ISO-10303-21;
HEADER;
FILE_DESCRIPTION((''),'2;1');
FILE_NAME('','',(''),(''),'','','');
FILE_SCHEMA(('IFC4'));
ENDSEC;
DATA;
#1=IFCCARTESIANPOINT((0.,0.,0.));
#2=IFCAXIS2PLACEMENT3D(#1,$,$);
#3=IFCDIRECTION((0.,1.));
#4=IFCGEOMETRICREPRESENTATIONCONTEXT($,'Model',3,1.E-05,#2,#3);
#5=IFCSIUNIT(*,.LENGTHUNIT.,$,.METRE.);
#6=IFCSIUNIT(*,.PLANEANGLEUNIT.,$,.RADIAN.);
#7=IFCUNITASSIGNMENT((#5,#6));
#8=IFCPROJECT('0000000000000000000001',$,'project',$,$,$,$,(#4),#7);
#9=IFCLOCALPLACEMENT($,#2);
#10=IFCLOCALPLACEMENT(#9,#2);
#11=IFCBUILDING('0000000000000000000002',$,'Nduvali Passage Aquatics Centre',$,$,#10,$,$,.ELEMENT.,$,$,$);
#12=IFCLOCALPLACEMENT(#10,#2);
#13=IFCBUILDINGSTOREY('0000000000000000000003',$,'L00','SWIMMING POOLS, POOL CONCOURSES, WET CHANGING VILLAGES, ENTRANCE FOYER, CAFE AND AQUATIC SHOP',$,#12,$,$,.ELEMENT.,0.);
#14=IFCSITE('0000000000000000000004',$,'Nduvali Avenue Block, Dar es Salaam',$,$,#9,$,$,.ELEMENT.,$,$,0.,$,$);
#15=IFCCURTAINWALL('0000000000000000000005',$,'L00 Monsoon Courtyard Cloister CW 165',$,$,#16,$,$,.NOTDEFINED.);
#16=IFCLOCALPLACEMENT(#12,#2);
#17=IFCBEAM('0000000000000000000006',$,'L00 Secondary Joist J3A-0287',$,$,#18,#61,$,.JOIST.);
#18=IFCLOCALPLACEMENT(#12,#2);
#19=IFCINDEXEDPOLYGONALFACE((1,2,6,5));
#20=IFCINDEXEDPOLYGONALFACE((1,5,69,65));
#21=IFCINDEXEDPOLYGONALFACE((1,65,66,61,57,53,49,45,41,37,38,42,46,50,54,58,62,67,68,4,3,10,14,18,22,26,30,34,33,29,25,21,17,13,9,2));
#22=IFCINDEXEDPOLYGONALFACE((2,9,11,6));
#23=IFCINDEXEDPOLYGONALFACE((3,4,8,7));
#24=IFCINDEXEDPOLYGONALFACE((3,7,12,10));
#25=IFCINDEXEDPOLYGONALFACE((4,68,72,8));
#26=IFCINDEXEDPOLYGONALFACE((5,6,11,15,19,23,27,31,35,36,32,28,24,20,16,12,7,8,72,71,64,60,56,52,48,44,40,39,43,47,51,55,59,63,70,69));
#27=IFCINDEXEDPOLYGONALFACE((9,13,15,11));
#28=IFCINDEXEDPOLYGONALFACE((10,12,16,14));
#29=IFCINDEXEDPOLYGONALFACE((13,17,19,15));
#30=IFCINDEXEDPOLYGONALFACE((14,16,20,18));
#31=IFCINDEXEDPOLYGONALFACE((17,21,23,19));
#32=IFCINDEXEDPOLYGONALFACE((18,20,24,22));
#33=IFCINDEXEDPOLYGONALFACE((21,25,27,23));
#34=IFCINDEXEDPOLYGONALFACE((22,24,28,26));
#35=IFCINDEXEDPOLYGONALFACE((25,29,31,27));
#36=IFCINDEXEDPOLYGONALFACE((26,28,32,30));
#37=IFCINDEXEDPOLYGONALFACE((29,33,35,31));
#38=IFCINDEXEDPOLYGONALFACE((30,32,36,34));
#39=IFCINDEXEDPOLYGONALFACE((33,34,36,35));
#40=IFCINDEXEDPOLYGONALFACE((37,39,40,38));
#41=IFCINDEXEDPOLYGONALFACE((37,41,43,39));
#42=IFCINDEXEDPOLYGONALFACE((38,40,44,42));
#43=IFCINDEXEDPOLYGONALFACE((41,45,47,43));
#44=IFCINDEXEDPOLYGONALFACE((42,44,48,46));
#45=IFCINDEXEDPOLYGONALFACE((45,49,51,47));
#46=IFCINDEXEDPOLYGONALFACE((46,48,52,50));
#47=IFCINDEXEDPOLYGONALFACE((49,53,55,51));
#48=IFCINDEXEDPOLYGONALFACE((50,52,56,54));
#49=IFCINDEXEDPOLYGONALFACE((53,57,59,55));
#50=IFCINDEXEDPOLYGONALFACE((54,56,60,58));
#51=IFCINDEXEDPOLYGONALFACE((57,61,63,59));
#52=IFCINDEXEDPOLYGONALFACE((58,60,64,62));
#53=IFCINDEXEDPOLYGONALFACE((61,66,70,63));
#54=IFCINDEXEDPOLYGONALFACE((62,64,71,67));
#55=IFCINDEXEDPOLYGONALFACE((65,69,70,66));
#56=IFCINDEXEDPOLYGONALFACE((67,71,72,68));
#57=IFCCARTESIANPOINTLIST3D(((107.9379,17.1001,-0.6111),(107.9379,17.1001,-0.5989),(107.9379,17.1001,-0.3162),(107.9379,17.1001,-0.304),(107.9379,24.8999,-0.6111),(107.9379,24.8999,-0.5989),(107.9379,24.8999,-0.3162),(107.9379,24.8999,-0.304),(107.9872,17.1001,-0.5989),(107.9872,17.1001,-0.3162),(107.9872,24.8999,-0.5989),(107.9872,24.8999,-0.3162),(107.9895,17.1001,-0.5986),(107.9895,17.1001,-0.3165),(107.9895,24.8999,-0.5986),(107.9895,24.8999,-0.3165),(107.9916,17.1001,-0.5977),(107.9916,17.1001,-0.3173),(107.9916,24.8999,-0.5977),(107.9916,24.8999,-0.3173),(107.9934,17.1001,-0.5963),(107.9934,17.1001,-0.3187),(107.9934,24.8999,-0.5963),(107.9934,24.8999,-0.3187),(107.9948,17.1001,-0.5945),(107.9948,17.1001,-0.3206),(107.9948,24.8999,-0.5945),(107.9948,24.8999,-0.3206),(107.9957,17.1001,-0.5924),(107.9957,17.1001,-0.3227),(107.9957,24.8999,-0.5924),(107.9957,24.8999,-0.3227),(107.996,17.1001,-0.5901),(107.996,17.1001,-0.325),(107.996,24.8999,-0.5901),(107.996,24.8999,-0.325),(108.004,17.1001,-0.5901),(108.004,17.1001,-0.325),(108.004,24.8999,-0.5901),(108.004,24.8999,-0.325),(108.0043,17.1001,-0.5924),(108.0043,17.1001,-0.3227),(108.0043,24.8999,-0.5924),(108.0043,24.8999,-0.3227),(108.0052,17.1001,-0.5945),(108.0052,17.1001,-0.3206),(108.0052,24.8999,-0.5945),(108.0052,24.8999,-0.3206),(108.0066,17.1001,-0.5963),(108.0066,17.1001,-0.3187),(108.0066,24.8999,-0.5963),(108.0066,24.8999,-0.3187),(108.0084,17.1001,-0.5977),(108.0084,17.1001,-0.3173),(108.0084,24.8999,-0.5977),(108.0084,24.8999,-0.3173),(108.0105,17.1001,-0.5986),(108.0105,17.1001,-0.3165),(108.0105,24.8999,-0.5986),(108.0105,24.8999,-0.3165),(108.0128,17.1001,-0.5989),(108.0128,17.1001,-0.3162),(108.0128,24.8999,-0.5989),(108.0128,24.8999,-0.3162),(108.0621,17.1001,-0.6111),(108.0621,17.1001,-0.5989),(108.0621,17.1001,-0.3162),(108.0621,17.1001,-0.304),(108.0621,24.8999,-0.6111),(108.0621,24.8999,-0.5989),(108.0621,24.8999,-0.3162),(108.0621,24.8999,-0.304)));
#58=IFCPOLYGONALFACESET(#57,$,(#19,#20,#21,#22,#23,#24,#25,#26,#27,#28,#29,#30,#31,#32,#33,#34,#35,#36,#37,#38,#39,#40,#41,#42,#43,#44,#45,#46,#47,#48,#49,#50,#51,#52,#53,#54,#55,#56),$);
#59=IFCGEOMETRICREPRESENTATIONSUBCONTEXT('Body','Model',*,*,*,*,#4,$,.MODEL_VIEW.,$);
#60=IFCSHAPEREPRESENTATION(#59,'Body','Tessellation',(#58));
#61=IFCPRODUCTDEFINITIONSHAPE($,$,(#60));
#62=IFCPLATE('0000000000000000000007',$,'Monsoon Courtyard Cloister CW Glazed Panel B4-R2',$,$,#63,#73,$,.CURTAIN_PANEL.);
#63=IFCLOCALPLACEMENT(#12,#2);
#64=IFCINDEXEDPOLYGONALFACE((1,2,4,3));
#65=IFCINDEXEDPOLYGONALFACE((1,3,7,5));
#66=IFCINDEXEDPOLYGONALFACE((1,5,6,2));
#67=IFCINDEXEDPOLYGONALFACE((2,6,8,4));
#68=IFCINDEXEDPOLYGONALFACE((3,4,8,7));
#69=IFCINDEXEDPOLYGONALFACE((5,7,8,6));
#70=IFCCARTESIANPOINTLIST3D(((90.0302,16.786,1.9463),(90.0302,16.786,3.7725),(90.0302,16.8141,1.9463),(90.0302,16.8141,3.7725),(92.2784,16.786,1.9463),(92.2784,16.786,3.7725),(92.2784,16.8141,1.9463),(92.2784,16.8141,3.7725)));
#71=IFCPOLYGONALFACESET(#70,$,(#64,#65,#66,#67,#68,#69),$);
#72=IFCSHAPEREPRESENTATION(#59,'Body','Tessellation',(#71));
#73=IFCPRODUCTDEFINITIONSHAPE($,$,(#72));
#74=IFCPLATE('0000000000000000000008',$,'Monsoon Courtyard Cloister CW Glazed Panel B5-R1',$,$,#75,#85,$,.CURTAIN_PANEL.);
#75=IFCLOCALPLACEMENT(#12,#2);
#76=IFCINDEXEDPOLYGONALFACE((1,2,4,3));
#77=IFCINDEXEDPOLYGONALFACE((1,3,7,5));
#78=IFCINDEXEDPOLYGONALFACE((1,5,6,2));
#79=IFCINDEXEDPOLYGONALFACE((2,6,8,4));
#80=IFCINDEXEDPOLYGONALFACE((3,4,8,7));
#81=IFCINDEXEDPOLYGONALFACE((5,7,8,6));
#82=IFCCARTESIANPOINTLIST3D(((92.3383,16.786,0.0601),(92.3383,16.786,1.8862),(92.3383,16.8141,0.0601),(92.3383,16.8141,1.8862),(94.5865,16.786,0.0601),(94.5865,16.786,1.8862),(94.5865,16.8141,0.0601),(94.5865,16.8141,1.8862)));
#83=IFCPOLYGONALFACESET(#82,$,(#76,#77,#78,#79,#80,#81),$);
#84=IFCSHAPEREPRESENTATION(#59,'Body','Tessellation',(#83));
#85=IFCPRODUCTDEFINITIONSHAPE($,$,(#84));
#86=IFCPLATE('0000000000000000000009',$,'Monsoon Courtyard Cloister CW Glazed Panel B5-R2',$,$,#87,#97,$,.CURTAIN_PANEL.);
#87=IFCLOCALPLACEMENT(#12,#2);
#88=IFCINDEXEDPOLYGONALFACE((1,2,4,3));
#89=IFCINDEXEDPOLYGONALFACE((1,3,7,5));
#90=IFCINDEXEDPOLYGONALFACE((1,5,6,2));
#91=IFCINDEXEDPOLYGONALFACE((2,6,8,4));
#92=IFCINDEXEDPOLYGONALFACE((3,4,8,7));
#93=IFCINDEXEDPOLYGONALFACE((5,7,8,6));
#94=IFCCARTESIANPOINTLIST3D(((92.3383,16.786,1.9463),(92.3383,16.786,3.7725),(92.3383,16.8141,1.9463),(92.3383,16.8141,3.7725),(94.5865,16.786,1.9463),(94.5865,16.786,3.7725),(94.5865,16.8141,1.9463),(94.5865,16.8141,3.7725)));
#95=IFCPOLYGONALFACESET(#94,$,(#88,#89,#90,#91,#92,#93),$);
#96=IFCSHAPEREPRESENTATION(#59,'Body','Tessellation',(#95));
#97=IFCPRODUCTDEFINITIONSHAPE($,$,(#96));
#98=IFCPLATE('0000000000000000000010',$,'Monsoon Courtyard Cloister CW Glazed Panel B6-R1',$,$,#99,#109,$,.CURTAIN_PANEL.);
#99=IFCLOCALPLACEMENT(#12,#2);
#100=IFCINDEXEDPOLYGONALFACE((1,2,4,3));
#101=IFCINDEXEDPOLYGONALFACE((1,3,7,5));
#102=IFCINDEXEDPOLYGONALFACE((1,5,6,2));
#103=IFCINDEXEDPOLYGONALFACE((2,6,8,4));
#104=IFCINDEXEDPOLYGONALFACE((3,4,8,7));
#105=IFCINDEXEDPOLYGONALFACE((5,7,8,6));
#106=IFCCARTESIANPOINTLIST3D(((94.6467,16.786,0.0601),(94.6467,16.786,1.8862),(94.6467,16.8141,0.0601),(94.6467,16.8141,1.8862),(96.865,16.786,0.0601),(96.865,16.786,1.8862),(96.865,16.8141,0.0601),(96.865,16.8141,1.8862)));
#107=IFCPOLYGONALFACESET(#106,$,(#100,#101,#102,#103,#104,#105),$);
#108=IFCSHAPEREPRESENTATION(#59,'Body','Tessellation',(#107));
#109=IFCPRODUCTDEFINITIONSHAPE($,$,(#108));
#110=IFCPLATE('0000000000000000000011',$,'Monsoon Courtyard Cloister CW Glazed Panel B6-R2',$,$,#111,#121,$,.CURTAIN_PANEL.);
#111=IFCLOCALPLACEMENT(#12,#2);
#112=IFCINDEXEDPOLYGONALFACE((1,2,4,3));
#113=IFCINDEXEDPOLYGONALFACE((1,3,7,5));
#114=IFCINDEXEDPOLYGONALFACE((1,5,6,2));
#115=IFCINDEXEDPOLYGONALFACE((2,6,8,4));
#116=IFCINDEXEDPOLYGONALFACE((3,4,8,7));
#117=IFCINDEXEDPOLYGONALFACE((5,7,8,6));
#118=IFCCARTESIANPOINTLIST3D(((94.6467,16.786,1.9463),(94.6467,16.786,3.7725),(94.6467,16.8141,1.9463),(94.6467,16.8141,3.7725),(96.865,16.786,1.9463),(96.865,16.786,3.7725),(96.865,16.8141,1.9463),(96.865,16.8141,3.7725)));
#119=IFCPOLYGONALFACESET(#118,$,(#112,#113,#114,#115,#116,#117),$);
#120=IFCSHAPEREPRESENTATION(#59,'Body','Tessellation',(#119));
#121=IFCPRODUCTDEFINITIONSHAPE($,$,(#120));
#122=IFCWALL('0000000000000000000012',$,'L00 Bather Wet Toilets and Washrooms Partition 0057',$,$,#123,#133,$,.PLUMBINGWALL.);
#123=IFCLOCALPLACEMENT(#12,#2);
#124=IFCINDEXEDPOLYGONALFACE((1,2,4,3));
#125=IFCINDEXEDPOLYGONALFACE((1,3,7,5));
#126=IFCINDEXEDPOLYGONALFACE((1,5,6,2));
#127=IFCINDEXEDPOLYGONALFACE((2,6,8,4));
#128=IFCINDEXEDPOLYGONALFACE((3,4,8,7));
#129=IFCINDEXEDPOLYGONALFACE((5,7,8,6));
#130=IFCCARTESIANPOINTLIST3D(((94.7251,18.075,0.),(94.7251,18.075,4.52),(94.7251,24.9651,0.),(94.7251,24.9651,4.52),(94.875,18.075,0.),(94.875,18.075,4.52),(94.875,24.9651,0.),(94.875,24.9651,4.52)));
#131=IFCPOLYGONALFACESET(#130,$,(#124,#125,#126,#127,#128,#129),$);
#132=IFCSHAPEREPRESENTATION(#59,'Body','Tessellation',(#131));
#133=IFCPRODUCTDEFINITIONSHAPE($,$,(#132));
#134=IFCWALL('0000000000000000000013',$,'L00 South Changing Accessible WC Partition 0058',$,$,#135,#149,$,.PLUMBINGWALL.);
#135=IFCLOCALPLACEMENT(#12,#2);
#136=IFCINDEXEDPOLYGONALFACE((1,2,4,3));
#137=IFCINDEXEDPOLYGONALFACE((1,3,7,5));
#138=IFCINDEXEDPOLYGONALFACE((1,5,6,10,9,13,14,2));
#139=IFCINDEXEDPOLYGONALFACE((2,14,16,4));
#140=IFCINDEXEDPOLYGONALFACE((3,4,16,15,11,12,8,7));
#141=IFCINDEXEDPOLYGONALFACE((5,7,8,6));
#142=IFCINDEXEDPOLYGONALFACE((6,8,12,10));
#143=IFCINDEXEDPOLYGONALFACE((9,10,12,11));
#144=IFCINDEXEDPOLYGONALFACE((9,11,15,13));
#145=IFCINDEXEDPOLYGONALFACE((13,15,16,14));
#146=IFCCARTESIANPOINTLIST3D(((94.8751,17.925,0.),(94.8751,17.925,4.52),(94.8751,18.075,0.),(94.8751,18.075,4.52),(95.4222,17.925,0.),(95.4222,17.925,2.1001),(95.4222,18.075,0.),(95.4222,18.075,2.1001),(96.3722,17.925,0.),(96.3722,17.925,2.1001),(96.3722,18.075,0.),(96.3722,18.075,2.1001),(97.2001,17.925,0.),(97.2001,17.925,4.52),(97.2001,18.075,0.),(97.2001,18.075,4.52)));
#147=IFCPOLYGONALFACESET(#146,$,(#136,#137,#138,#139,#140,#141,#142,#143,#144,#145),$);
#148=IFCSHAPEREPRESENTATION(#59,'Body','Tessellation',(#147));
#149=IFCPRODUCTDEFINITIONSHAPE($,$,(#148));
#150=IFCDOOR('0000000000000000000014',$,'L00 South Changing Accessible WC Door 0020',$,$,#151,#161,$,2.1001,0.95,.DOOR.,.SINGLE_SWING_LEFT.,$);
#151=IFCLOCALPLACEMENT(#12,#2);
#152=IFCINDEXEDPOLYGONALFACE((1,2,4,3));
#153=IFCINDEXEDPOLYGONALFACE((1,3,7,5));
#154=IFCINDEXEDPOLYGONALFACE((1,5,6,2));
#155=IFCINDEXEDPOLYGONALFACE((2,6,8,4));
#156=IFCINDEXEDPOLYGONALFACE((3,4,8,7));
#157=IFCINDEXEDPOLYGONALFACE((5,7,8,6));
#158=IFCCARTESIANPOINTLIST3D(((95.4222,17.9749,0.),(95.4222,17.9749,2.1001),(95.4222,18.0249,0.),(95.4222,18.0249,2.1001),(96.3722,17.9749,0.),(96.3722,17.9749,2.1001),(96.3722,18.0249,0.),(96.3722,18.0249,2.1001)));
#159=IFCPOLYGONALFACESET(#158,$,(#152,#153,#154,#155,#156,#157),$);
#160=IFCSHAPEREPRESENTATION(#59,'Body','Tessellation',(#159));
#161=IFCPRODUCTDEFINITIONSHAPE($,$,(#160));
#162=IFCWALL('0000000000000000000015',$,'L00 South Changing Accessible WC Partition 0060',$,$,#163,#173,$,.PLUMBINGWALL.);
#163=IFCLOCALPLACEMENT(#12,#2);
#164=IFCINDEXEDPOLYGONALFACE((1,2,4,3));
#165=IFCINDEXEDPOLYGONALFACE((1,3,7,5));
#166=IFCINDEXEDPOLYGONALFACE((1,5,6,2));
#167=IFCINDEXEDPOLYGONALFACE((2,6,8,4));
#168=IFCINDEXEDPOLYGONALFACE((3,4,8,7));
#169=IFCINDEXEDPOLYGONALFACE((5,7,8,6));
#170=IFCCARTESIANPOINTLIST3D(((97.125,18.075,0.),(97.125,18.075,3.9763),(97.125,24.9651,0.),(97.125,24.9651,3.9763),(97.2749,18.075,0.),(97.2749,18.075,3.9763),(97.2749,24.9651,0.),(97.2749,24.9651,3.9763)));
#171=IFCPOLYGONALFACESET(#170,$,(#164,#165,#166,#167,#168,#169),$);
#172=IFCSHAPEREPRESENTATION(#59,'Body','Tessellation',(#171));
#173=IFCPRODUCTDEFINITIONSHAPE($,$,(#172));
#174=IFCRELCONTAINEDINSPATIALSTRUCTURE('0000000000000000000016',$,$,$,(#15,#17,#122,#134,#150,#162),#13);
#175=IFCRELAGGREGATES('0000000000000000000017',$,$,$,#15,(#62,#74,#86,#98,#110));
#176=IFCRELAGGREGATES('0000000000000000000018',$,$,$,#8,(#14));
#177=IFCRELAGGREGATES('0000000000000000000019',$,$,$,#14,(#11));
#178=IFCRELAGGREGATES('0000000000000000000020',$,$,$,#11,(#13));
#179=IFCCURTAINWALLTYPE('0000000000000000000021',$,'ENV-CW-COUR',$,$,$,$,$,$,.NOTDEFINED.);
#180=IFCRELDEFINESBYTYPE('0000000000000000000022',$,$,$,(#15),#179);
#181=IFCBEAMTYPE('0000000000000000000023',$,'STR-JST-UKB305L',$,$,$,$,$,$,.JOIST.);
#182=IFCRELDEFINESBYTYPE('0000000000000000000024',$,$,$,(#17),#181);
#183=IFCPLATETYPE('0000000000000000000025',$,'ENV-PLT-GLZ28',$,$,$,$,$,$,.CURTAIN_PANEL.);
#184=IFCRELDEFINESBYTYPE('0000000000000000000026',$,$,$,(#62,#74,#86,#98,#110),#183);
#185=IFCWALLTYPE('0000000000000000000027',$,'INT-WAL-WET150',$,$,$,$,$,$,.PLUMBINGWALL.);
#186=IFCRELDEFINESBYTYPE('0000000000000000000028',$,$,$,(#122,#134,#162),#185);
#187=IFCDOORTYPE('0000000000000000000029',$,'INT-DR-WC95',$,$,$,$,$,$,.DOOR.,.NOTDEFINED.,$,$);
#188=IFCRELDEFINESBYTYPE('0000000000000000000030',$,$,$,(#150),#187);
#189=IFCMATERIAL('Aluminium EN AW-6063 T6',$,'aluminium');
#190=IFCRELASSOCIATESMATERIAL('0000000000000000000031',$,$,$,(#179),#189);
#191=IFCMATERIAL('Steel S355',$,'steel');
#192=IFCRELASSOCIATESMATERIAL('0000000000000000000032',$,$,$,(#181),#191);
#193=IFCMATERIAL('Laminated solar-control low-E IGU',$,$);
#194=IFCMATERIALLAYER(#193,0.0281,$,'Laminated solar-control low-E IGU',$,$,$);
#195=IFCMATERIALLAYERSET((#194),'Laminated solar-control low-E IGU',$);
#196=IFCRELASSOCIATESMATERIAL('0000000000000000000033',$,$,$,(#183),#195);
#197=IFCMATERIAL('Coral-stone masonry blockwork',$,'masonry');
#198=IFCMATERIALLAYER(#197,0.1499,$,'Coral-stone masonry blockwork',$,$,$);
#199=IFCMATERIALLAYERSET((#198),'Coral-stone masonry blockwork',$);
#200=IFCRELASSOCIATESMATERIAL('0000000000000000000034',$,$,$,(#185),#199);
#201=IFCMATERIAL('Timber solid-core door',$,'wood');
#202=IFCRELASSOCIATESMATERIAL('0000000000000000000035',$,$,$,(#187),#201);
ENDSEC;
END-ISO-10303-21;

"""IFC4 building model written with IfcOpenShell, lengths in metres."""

from ifc_helpers import new_model, si_unit, direction, frame, frame_2d, origin, origin_2d, place, context, subcontext, project, spatial, rectangle, i_section, extrude, material, layer, layer_set, material_profile, profile_set, type_object, element, fill, aggregate, save


model = new_model("IFC4")

# Units and contexts
model_context = context("Model", 3, precision=1e-05, world=origin(), true_north=direction((0.0, 1.0)))
body_context = subcontext(model_context, "Body", "Model", "MODEL_VIEW")
ifc_project = project(units=[si_unit("LENGTHUNIT", "METRE"), si_unit("PLANEANGLEUNIT", "RADIAN")], contexts=[model_context])

# Site, building, storey
site_placement = place(None, origin())
site = spatial("IfcSite", under=ifc_project, at=site_placement, Name="Nduvali Avenue Block, Dar es Salaam", CompositionType="ELEMENT", RefElevation=0.0)
building_placement = place(site_placement, origin())
building = spatial("IfcBuilding", under=site, at=building_placement, Name="Nduvali Passage Aquatics Centre", CompositionType="ELEMENT")
storey_placement = place(building_placement, origin())
storey = spatial("IfcBuildingStorey", under=building, at=storey_placement, Name="L00", Description="SWIMMING POOLS, POOL CONCOURSES, WET CHANGING VILLAGES, ENTRANCE FOYER, CAFE AND AQUATIC SHOP", CompositionType="ELEMENT", Elevation=0.0)

# Curtain wall
ifc_material_1 = material(Name="Aluminium EN AW-6063 T6", Category="aluminium")
curtain_wall_type = type_object("IfcCurtainWallType", Name="ENV-CW-COUR", PredefinedType="NOTDEFINED", material=ifc_material_1)
curtain_wall_placement = place(storey_placement, origin())
curtain_wall = element("IfcCurtainWall", 1, at=curtain_wall_placement, inside=storey, type_object=curtain_wall_type, Name="L00 Monsoon Courtyard Cloister CW 165", PredefinedType="NOTDEFINED")

# Beam
ifc_material_2 = material(Name="Steel S355", Category="steel")
ifc_material_profile_1 = material_profile(ifc_material_2, i_section(OverallWidth=0.1243, OverallDepth=0.3071, WebThickness=0.0081, FlangeThickness=0.0122, FilletRadius=0.0088, at=origin_2d()), Name="UKB 305x127x42")
ifc_profile_set_1 = profile_set([ifc_material_profile_1], Name="Steel S355")
beam_type_1 = type_object("IfcBeamType", Name="STR-JST-UKB305L", PredefinedType="JOIST", material=ifc_profile_set_1)
for number, where, z_axis, x_axis, name in (
    (2, (108.0, 17.1001, -0.4575), (0.0, 1.0, 0.0), (-1.0, 0.0, 0.0), "L00 Secondary Joist J3A-0287"),
):
    element("IfcBeam", number, at=place(storey_placement, frame(where, z_axis=z_axis, x_axis=x_axis)), inside=storey, type_object=beam_type_1, Name=name, PredefinedType="JOIST", context=body_context, shape_type="SweptSolid", body=[
        extrude(i_section(OverallWidth=0.1243, OverallDepth=0.3071, WebThickness=0.0081, FlangeThickness=0.0122, FilletRadius=0.0088, at=origin_2d()), origin(), (0.0, 0.0, 1.0), 7.7998),
    ])

# Plates
ifc_material_3 = material(Name="Laminated solar-control low-E IGU")
ifc_layer_1 = layer(ifc_material_3, 0.0281, Name="Laminated solar-control low-E IGU")
ifc_layer_set_1 = layer_set([ifc_layer_1], Name="Laminated solar-control low-E IGU")
plate_type = type_object("IfcPlateType", Name="ENV-PLT-GLZ28", PredefinedType="CURTAIN_PANEL", material=ifc_layer_set_1)
plate_1_placement = place(storey_placement, frame((91.1543, 16.8, 1.9463), z_axis=(0.0, 0.0, 1.0), x_axis=(1.0, 0.0, 0.0)))
plate_1 = element("IfcPlate", 3, at=plate_1_placement, type_object=plate_type, Name="Monsoon Courtyard Cloister CW Glazed Panel B4-R2", PredefinedType="CURTAIN_PANEL", context=body_context, shape_type="SweptSolid", body=[
    extrude(rectangle(XDim=2.2483, YDim=0.0281, at=origin_2d()), origin(), (0.0, 0.0, 1.0), 1.8262),
])
plate_2_placement = place(storey_placement, frame((93.4624, 16.8, 0.0601), z_axis=(0.0, 0.0, 1.0), x_axis=(1.0, 0.0, 0.0)))
plate_2 = element("IfcPlate", 4, at=plate_2_placement, type_object=plate_type, Name="Monsoon Courtyard Cloister CW Glazed Panel B5-R1", PredefinedType="CURTAIN_PANEL", context=body_context, shape_type="SweptSolid", body=[
    extrude(rectangle(XDim=2.2483, YDim=0.0281, at=origin_2d()), origin(), (0.0, 0.0, 1.0), 1.8262),
])
plate_3_placement = place(storey_placement, frame((93.4624, 16.8, 1.9463), z_axis=(0.0, 0.0, 1.0), x_axis=(1.0, 0.0, 0.0)))
plate_3 = element("IfcPlate", 5, at=plate_3_placement, type_object=plate_type, Name="Monsoon Courtyard Cloister CW Glazed Panel B5-R2", PredefinedType="CURTAIN_PANEL", context=body_context, shape_type="SweptSolid", body=[
    extrude(rectangle(XDim=2.2483, YDim=0.0281, at=origin_2d()), origin(), (0.0, 0.0, 1.0), 1.8262),
])
plate_4_placement = place(storey_placement, frame((95.7559, 16.8, 0.0601), z_axis=(0.0, 0.0, 1.0), x_axis=(1.0, 0.0, 0.0)))
plate_4 = element("IfcPlate", 6, at=plate_4_placement, type_object=plate_type, Name="Monsoon Courtyard Cloister CW Glazed Panel B6-R1", PredefinedType="CURTAIN_PANEL", context=body_context, shape_type="SweptSolid", body=[
    extrude(rectangle(XDim=2.2183, YDim=0.0281, at=origin_2d()), origin(), (0.0, 0.0, 1.0), 1.8262),
])
plate_5_placement = place(storey_placement, frame((95.7559, 16.8, 1.9463), z_axis=(0.0, 0.0, 1.0), x_axis=(1.0, 0.0, 0.0)))
plate_5 = element("IfcPlate", 7, at=plate_5_placement, type_object=plate_type, Name="Monsoon Courtyard Cloister CW Glazed Panel B6-R2", PredefinedType="CURTAIN_PANEL", context=body_context, shape_type="SweptSolid", body=[
    extrude(rectangle(XDim=2.2183, YDim=0.0281, at=origin_2d()), origin(), (0.0, 0.0, 1.0), 1.8262),
])
aggregate(curtain_wall, [plate_1, plate_2, plate_3, plate_4, plate_5])

# Wall
ifc_material_4 = material(Name="Coral-stone masonry blockwork", Category="masonry")
ifc_layer_2 = layer(ifc_material_4, 0.1499, Name="Coral-stone masonry blockwork")
ifc_layer_set_2 = layer_set([ifc_layer_2], Name="Coral-stone masonry blockwork")
wall_type = type_object("IfcWallType", Name="INT-WAL-WET150", PredefinedType="PLUMBINGWALL", material=ifc_layer_set_2)
wall_1_placement = place(storey_placement, frame((94.8, 18.075, 0.0), z_axis=(0.0, 0.0, 1.0), x_axis=(0.0, 1.0, 0.0)))
element("IfcWall", 8, at=wall_1_placement, inside=storey, type_object=wall_type, Name="L00 Bather Wet Toilets and Washrooms Partition 0057", PredefinedType="PLUMBINGWALL", context=body_context, shape_type="SweptSolid", body=[
    extrude(rectangle(XDim=6.8901, YDim=0.1499, at=frame_2d((3.4451, 0.0))), origin(), (0.0, 0.0, 1.0), 4.52),
])

# Wall, opening, door
wall_2_placement = place(storey_placement, frame((94.875, 18.0, 0.0), z_axis=(0.0, 0.0, 1.0), x_axis=(1.0, 0.0, 0.0)))
wall_2 = element("IfcWall", 9, at=wall_2_placement, inside=storey, type_object=wall_type, Name="L00 South Changing Accessible WC Partition 0058", PredefinedType="PLUMBINGWALL", context=body_context, shape_type="SweptSolid", body=[
    extrude(rectangle(XDim=2.325, YDim=0.1499, at=frame_2d((1.1626, 0.0))), origin(), (0.0, 0.0, 1.0), 4.52),
])
opening_1_placement = place(wall_2_placement, frame((0.5471, 0.0, 0.0)))
opening_1 = element("IfcOpeningElement", 10, at=opening_1_placement, cuts=wall_2, PredefinedType="OPENING", context=body_context, shape_type="SweptSolid", body=[
    extrude(rectangle(XDim=0.95, YDim=2.1001, at=frame_2d((0.4751, 1.05))), frame((0.0, 0.0898, 0.0), z_axis=(0.0, -1.0, 0.0), x_axis=(1.0, 0.0, 0.0)), (0.0, 0.0, 1.0), 0.1797),
])
ifc_material_5 = material(Name="Timber solid-core door", Category="wood")
door_type_1 = type_object("IfcDoorType", Name="INT-DR-WC95", OperationType="NOTDEFINED", PredefinedType="DOOR", material=ifc_material_5)
door_1_placement = place(opening_1_placement, origin())
door_1 = element("IfcDoor", 11, at=door_1_placement, inside=storey, type_object=door_type_1, Name="L00 South Changing Accessible WC Door 0020", OperationType="SINGLE_SWING_LEFT", OverallHeight=2.1001, OverallWidth=0.95, PredefinedType="DOOR", context=body_context, shape_type="SweptSolid", body=[
    extrude(rectangle(XDim=0.95, YDim=2.1001, at=frame_2d((0.4751, 1.05))), frame((0.0, 0.0249, 0.0), z_axis=(0.0, -1.0, 0.0), x_axis=(1.0, 0.0, 0.0)), (0.0, 0.0, 1.0), 0.05),
])
fill(opening_1, door_1)

# Wall
wall_3_placement = place(storey_placement, frame((97.2, 18.075, 0.0), z_axis=(0.0, 0.0, 1.0), x_axis=(0.0, 1.0, 0.0)))
element("IfcWall", 12, at=wall_3_placement, inside=storey, type_object=wall_type, Name="L00 South Changing Accessible WC Partition 0060", PredefinedType="PLUMBINGWALL", context=body_context, shape_type="SweptSolid", body=[
    extrude(rectangle(XDim=6.8901, YDim=0.1499, at=frame_2d((3.4451, 0.0))), origin(), (0.0, 0.0, 1.0), 3.9763),
])

save(model, "model.ifc")
